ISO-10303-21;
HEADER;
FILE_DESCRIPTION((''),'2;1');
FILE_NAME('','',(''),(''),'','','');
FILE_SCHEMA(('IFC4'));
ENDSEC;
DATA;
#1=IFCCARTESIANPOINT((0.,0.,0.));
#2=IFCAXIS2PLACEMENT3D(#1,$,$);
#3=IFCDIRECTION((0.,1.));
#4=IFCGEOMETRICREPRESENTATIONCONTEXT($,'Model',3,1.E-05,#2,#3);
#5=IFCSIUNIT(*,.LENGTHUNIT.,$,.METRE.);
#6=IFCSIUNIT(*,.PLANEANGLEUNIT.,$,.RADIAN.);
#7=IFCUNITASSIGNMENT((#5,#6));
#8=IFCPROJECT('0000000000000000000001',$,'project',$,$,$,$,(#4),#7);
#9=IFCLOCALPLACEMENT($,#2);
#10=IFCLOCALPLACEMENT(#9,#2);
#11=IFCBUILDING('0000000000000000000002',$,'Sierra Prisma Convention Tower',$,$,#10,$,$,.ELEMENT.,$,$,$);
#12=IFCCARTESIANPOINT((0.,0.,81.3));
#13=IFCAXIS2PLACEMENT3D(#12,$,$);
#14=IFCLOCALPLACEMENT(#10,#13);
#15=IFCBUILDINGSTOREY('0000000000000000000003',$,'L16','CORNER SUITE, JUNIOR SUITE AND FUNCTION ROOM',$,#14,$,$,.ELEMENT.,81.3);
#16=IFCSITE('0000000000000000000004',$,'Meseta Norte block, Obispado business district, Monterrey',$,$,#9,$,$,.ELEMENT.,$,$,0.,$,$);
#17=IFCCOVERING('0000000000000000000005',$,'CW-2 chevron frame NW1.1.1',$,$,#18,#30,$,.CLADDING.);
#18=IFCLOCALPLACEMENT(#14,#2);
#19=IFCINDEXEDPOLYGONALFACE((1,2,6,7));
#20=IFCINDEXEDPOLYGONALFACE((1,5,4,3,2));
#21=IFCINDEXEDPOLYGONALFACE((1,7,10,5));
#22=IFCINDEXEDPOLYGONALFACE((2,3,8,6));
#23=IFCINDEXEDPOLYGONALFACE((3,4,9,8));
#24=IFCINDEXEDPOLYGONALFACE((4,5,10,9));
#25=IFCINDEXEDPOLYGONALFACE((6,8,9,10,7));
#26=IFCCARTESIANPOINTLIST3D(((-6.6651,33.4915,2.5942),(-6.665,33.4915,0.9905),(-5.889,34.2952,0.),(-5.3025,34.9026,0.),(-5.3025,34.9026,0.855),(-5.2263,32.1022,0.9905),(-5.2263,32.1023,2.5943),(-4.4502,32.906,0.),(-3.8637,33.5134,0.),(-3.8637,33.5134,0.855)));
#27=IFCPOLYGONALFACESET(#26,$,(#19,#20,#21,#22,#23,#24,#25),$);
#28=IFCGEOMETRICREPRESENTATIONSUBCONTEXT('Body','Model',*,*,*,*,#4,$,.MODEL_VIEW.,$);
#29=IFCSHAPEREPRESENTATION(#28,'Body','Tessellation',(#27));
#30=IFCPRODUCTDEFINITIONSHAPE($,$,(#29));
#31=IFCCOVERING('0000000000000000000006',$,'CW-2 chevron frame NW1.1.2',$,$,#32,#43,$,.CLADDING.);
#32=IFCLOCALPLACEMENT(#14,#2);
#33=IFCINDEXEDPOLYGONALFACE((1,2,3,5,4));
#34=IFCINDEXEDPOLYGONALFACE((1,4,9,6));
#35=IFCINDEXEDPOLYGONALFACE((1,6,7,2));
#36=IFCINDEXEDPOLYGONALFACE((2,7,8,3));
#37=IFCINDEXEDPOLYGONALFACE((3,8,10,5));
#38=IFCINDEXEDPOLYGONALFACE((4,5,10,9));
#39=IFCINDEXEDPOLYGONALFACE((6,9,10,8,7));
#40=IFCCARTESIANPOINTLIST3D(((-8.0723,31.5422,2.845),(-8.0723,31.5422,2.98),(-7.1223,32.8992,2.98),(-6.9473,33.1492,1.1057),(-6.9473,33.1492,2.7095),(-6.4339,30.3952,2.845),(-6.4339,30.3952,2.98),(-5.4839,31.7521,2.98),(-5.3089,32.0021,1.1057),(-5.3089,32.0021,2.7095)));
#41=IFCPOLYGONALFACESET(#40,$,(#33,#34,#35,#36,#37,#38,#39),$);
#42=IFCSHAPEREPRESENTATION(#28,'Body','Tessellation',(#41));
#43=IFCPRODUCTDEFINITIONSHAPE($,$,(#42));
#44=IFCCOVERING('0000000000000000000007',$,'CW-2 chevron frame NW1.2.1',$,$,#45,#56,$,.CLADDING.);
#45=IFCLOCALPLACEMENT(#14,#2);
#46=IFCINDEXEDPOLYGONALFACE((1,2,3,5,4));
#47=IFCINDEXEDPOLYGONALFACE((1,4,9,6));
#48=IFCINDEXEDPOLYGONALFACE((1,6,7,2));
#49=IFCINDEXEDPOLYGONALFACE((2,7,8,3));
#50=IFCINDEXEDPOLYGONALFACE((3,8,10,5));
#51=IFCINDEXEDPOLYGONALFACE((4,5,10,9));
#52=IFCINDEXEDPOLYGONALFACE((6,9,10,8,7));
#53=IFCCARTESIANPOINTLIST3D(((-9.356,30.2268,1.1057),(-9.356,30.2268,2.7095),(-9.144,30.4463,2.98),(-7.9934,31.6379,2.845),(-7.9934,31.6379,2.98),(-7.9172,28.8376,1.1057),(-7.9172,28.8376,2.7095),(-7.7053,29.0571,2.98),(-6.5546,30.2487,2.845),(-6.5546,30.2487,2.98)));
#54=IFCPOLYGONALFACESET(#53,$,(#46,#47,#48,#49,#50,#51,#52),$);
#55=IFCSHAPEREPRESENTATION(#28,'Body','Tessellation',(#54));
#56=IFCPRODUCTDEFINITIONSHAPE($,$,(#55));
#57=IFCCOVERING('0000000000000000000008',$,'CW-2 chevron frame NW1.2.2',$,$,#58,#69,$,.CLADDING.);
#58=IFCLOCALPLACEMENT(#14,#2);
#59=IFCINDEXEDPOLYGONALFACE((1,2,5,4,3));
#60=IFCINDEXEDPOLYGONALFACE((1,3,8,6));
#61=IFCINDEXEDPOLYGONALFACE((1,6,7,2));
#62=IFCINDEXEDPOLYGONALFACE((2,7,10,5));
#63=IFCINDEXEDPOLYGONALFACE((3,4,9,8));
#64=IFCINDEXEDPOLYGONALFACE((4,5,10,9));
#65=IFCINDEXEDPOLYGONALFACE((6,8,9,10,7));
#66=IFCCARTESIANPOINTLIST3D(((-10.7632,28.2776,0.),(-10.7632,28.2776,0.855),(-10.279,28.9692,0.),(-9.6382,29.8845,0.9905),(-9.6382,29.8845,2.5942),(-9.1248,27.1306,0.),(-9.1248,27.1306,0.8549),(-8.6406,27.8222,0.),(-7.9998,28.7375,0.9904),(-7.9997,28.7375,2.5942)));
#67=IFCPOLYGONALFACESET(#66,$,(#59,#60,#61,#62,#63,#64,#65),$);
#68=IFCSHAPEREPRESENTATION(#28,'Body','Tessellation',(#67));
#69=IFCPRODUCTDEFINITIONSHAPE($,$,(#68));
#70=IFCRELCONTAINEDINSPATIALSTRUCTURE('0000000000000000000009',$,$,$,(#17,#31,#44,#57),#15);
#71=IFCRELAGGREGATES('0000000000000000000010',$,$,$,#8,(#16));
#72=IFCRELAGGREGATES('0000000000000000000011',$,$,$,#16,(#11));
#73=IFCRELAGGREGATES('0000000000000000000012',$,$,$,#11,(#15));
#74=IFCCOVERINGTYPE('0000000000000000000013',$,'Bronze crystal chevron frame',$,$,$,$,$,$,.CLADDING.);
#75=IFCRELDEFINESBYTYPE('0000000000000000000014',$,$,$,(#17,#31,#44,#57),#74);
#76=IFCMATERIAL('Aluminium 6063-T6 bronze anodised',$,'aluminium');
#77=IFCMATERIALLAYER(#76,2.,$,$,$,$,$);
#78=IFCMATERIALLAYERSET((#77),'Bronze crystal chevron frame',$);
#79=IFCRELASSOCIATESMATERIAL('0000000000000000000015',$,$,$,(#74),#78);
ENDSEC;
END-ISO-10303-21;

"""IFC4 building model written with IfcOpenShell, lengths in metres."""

from ifc_helpers import new_model, si_unit, direction, frame, origin, place, context, subcontext, project, spatial, polyline, outline, extrude, material, layer, layer_set, type_object, element, save


model = new_model("IFC4")

# Units and contexts
model_context = context("Model", 3, precision=1e-05, world=origin(), true_north=direction((0.0, 1.0)))
body_context = subcontext(model_context, "Body", "Model", "MODEL_VIEW")
ifc_project = project(units=[si_unit("LENGTHUNIT", "METRE"), si_unit("PLANEANGLEUNIT", "RADIAN")], contexts=[model_context])

# Site, building, storey
site_placement = place(None, origin())
site = spatial("IfcSite", under=ifc_project, at=site_placement, Name="Meseta Norte block, Obispado business district, Monterrey", CompositionType="ELEMENT", RefElevation=0.0)
building_placement = place(site_placement, origin())
building = spatial("IfcBuilding", under=site, at=building_placement, Name="Sierra Prisma Convention Tower", CompositionType="ELEMENT")
storey_placement = place(building_placement, frame((0.0, 0.0, 81.3)))
storey = spatial("IfcBuildingStorey", under=building, at=storey_placement, Name="L16", Description="CORNER SUITE, JUNIOR SUITE AND FUNCTION ROOM", CompositionType="ELEMENT", Elevation=81.3)

# Coverings
ifc_material_1 = material(Name="Aluminium 6063-T6 bronze anodised", Category="aluminium")
ifc_layer_1 = layer(ifc_material_1, 2.0)
ifc_layer_set_1 = layer_set([ifc_layer_1], Name="Bronze crystal chevron frame")
covering_type = type_object("IfcCoveringType", Name="Bronze crystal chevron frame", PredefinedType="CLADDING", material=ifc_layer_set_1)
covering_1_placement = place(storey_placement, frame((-5.3025, 34.9026, 0.0), z_axis=(-0.719389, 0.694607, -0.000021), x_axis=(-0.694607, -0.719389, 0.0)))
element("IfcCovering", 1, at=covering_1_placement, inside=storey, type_object=covering_type, Name="CW-2 chevron frame NW1.1.1", PredefinedType="CLADDING", context=body_context, shape_type="SweptSolid", body=[
    extrude(outline(polyline([(0.0, 0.0), (0.8443, 0.0), (1.9616, 0.9905), (1.9616, 2.5942), (0.0, 0.855), (0.0, 0.0)])), origin(), (0.0, 0.0, -1.0), 2.0),
])
covering_2_placement = place(storey_placement, frame((-6.9473, 33.1492, 2.7095), z_axis=(-0.819198, 0.573511, -0.000011), x_axis=(0.000009, -0.000006, -1.0)))
element("IfcCovering", 2, at=covering_2_placement, inside=storey, type_object=covering_type, Name="CW-2 chevron frame NW1.1.2", PredefinedType="CLADDING", context=body_context, shape_type="SweptSolid", body=[
    extrude(outline(polyline([(0.0, 0.0), (1.6038, 0.0), (-0.1355, 1.9616), (-0.2705, 1.9616), (-0.2705, 0.3052), (0.0, 0.0)])), origin(), (0.0, 0.0, -1.0), 2.0),
])
covering_3_placement = place(storey_placement, frame((-7.9934, 31.6379, 2.98), z_axis=(-0.719382, 0.694615, -0.000004), x_axis=(0.000003, -0.000003, -1.0)))
element("IfcCovering", 3, at=covering_3_placement, inside=storey, type_object=covering_type, Name="CW-2 chevron frame NW1.2.1", PredefinedType="CLADDING", context=body_context, shape_type="SweptSolid", body=[
    extrude(outline(polyline([(0.0, 0.0), (0.135, 0.0), (1.8743, 1.9616), (0.2705, 1.9616), (0.0, 1.6565), (0.0, 0.0)])), origin(), (0.0, 0.0, -1.0), 2.0),
])
covering_4_placement = place(storey_placement, frame((-10.7632, 28.2776, 0.0), z_axis=(-0.819204, 0.573502, 0.000025), x_axis=(0.00002, -0.000014, 1.0)))
element("IfcCovering", 4, at=covering_4_placement, inside=storey, type_object=covering_type, Name="CW-2 chevron frame NW1.2.2", PredefinedType="CLADDING", context=body_context, shape_type="SweptSolid", body=[
    extrude(outline(polyline([(0.0, 0.0), (0.855, 0.0), (2.5942, 1.9616), (0.9905, 1.9616), (0.0, 0.8443), (0.0, 0.0)])), origin(), (0.0, 0.0, -1.0), 2.0),
])

save(model, "model.ifc")
